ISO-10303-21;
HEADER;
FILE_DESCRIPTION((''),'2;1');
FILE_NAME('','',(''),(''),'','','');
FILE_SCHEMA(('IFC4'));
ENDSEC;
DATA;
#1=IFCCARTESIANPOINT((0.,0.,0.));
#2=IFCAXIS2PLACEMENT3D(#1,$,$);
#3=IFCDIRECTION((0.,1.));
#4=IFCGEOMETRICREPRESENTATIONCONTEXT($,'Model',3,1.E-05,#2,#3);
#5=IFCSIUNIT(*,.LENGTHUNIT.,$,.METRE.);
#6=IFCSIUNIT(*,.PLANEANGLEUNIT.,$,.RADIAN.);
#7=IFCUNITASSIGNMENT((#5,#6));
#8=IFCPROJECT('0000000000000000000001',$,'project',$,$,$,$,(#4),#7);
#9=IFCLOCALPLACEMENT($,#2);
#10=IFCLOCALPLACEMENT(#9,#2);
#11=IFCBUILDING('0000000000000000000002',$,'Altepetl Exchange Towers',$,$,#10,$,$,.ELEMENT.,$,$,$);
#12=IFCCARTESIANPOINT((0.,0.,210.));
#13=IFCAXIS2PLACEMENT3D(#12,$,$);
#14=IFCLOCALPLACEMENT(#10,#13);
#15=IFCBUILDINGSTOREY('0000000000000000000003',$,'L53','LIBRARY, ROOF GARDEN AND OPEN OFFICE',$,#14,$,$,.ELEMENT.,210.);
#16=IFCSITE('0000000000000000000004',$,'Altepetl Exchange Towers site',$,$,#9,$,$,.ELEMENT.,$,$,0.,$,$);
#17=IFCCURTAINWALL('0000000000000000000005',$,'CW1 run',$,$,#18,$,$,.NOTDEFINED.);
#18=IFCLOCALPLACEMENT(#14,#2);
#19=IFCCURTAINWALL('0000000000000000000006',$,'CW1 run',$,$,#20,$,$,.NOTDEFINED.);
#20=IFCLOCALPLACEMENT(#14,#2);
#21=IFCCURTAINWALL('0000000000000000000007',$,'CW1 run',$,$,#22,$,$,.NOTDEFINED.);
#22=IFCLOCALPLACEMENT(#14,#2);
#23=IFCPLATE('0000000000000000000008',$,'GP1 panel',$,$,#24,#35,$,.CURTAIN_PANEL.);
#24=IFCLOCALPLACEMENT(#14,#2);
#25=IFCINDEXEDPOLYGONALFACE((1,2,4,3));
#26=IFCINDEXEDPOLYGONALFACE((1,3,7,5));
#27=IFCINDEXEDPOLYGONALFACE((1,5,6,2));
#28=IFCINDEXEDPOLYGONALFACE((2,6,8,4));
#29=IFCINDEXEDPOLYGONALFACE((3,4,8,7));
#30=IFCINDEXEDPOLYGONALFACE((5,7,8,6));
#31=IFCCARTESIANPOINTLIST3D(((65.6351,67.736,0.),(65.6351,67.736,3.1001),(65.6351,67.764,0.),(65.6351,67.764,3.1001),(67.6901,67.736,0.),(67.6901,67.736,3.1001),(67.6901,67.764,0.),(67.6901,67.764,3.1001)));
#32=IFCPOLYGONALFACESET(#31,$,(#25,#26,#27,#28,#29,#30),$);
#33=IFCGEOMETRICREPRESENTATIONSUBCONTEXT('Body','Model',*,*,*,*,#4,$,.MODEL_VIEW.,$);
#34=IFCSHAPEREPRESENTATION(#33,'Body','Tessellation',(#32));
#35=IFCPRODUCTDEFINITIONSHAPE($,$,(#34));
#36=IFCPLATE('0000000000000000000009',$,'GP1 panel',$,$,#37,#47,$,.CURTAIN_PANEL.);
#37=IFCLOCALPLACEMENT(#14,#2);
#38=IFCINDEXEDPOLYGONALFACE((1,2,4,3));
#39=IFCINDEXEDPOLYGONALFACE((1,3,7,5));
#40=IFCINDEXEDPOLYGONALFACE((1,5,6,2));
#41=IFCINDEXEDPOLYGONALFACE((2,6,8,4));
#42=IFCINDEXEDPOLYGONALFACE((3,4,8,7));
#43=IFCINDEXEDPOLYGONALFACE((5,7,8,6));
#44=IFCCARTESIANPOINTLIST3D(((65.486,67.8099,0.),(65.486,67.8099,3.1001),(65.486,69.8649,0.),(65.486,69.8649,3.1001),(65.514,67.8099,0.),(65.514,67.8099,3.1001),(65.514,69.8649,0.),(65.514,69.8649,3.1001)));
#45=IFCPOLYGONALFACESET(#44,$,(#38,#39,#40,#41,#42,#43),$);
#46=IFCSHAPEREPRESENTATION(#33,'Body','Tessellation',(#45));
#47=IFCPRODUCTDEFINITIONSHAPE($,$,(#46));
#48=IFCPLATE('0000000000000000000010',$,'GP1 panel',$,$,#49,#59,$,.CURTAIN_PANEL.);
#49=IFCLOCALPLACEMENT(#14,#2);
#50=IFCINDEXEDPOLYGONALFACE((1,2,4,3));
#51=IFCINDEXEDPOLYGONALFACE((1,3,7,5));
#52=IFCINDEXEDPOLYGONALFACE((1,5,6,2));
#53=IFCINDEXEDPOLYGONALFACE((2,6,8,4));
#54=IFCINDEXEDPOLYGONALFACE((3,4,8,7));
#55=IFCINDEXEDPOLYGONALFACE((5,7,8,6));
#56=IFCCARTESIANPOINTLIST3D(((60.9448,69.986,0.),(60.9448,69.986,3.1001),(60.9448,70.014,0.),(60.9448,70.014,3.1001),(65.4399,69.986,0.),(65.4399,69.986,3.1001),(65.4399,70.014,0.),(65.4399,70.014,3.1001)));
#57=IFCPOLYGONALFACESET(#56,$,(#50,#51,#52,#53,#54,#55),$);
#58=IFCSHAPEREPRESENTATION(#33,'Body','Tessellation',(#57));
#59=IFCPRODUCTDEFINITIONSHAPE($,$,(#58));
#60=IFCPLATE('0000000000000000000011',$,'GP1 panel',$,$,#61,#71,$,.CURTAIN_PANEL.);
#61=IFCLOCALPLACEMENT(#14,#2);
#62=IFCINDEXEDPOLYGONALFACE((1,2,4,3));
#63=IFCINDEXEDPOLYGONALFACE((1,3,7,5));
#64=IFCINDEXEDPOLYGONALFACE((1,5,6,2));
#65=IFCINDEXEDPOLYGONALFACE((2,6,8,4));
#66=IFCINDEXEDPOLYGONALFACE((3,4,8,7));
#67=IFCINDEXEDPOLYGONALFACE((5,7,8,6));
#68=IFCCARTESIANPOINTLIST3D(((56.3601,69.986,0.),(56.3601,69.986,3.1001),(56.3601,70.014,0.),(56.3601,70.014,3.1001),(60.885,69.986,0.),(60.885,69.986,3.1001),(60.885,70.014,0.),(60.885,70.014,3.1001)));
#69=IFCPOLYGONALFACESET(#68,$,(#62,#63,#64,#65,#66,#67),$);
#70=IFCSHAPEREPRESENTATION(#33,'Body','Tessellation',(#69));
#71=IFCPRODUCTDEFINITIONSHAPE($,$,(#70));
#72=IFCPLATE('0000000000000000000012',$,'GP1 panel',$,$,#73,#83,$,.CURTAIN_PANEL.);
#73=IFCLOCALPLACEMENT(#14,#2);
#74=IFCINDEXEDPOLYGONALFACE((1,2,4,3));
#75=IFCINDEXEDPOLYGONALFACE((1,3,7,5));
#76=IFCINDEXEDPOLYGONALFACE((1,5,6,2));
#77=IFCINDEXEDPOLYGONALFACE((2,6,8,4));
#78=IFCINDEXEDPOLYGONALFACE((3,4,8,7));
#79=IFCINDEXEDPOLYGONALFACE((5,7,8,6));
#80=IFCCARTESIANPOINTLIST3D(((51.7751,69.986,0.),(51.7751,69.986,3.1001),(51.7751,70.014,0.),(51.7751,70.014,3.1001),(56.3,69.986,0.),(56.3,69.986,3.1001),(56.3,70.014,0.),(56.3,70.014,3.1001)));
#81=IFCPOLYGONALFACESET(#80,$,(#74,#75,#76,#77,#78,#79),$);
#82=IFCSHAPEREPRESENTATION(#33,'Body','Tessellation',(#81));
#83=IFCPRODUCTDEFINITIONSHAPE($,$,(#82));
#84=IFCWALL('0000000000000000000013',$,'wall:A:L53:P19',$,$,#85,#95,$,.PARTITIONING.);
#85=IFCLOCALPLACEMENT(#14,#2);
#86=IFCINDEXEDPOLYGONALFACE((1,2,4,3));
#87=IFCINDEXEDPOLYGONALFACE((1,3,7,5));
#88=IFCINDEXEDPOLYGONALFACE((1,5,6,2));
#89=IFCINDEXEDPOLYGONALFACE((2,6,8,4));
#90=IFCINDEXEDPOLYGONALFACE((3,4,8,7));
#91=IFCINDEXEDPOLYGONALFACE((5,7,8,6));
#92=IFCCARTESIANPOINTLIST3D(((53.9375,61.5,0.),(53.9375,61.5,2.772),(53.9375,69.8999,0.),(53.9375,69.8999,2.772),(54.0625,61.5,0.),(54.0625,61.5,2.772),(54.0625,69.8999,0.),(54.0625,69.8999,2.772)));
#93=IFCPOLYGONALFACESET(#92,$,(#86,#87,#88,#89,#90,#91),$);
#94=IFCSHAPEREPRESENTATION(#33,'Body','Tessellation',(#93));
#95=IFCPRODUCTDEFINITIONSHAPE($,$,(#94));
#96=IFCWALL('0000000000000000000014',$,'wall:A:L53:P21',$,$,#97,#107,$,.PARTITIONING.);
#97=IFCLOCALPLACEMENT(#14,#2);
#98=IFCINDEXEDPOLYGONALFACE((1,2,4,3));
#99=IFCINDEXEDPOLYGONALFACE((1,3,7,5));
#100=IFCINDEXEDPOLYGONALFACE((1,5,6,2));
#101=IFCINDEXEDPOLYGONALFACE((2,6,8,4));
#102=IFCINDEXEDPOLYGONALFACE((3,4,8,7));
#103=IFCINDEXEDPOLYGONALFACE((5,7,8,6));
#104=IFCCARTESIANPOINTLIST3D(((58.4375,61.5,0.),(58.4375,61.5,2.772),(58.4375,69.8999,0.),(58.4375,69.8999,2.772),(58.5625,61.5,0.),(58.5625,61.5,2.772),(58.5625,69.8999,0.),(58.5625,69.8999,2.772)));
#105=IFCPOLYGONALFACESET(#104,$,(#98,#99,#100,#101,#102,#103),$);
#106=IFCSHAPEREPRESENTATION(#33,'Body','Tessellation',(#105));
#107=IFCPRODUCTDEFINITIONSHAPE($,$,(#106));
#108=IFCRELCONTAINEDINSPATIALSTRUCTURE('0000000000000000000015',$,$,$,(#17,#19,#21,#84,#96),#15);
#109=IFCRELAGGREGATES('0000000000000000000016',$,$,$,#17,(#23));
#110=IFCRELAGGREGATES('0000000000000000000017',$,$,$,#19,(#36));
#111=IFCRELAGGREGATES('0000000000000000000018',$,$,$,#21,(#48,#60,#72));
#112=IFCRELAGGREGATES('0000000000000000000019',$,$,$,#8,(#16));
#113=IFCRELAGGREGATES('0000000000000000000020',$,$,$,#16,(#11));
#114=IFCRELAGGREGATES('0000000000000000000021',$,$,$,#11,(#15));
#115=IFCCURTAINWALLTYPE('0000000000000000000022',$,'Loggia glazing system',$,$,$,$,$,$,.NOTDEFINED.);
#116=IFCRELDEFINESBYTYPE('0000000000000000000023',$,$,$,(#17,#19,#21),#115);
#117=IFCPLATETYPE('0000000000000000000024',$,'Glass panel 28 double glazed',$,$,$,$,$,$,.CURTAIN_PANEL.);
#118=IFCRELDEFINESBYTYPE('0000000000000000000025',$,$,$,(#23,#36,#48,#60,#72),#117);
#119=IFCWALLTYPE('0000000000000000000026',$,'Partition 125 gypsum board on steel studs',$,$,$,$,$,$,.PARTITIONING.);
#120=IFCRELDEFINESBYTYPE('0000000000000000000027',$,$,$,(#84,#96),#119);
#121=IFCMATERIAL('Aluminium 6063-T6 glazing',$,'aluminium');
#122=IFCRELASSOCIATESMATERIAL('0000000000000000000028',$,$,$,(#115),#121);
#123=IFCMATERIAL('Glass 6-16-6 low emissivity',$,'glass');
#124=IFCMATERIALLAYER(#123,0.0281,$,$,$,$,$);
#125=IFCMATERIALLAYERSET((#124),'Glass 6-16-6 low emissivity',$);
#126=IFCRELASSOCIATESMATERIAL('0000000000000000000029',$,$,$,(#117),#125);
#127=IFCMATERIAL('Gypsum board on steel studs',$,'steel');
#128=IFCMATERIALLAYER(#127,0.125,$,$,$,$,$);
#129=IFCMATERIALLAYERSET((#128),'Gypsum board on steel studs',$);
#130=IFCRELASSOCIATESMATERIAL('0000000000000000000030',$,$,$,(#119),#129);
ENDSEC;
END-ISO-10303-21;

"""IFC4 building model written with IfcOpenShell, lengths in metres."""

from ifc_helpers import new_model, si_unit, direction, frame, frame_2d, origin, origin_2d, place, context, subcontext, project, spatial, rectangle, extrude, material, layer, layer_set, type_object, element, aggregate, save


model = new_model("IFC4")

# Units and contexts
model_context = context("Model", 3, precision=1e-05, world=origin(), true_north=direction((0.0, 1.0)))
body_context = subcontext(model_context, "Body", "Model", "MODEL_VIEW")
ifc_project = project(units=[si_unit("LENGTHUNIT", "METRE"), si_unit("PLANEANGLEUNIT", "RADIAN")], contexts=[model_context])

# Site, building, storey
site_placement = place(None, origin())
site = spatial("IfcSite", under=ifc_project, at=site_placement, Name="Altepetl Exchange Towers site", CompositionType="ELEMENT", RefElevation=0.0)
building_placement = place(site_placement, origin())
building = spatial("IfcBuilding", under=site, at=building_placement, Name="Altepetl Exchange Towers", CompositionType="ELEMENT")
storey_placement = place(building_placement, frame((0.0, 0.0, 210.0)))
storey = spatial("IfcBuildingStorey", under=building, at=storey_placement, Name="L53", Description="LIBRARY, ROOF GARDEN AND OPEN OFFICE", CompositionType="ELEMENT", Elevation=210.0)

# Curtain wall
ifc_material_1 = material(Name="Aluminium 6063-T6 glazing", Category="aluminium")
curtain_wall_type = type_object("IfcCurtainWallType", Name="Loggia glazing system", PredefinedType="NOTDEFINED", material=ifc_material_1)
curtain_wall_1_placement = place(storey_placement, origin())
curtain_wall_1 = element("IfcCurtainWall", 1, at=curtain_wall_1_placement, inside=storey, type_object=curtain_wall_type, Name="CW1 run", PredefinedType="NOTDEFINED")

# Curtain walls
curtain_wall_2_placement = place(storey_placement, origin())
curtain_wall_2 = element("IfcCurtainWall", 2, at=curtain_wall_2_placement, inside=storey, type_object=curtain_wall_type, Name="CW1 run", PredefinedType="NOTDEFINED")
curtain_wall_3_placement = place(storey_placement, origin())
curtain_wall_3 = element("IfcCurtainWall", 3, at=curtain_wall_3_placement, inside=storey, type_object=curtain_wall_type, Name="CW1 run", PredefinedType="NOTDEFINED")

# Plates
ifc_material_2 = material(Name="Glass 6-16-6 low emissivity", Category="glass")
ifc_layer_1 = layer(ifc_material_2, 0.0281)
ifc_layer_set_1 = layer_set([ifc_layer_1], Name="Glass 6-16-6 low emissivity")
plate_type = type_object("IfcPlateType", Name="Glass panel 28 double glazed", PredefinedType="CURTAIN_PANEL", material=ifc_layer_set_1)
plate_1_placement = place(storey_placement, frame((66.6626, 67.75, 0.0), z_axis=(0.0, 0.0, 1.0), x_axis=(-1.0, 0.0, 0.0)))
plate_1 = element("IfcPlate", 4, at=plate_1_placement, type_object=plate_type, Name="GP1 panel", PredefinedType="CURTAIN_PANEL", context=body_context, shape_type="SweptSolid", body=[
    extrude(rectangle(XDim=2.0549, YDim=0.0281, at=origin_2d()), origin(), (0.0, 0.0, 1.0), 3.1001),
])
aggregate(curtain_wall_1, [plate_1])
plate_2_placement = place(storey_placement, frame((65.5, 68.8374, 0.0), z_axis=(0.0, 0.0, 1.0), x_axis=(0.0, 1.0, 0.0)))
plate_2 = element("IfcPlate", 5, at=plate_2_placement, type_object=plate_type, Name="GP1 panel", PredefinedType="CURTAIN_PANEL", context=body_context, shape_type="SweptSolid", body=[
    extrude(rectangle(XDim=2.0549, YDim=0.0281, at=origin_2d()), origin(), (0.0, 0.0, 1.0), 3.1001),
])
aggregate(curtain_wall_2, [plate_2])
plate_3_placement = place(storey_placement, frame((63.1924, 70.0, 0.0), z_axis=(0.0, 0.0, 1.0), x_axis=(-1.0, 0.0, 0.0)))
plate_3 = element("IfcPlate", 6, at=plate_3_placement, type_object=plate_type, Name="GP1 panel", PredefinedType="CURTAIN_PANEL", context=body_context, shape_type="SweptSolid", body=[
    extrude(rectangle(XDim=4.4951, YDim=0.0281, at=origin_2d()), origin(), (0.0, 0.0, 1.0), 3.1001),
])
plate_4_placement = place(storey_placement, frame((58.6226, 70.0, 0.0), z_axis=(0.0, 0.0, 1.0), x_axis=(-1.0, 0.0, 0.0)))
plate_4 = element("IfcPlate", 7, at=plate_4_placement, type_object=plate_type, Name="GP1 panel", PredefinedType="CURTAIN_PANEL", context=body_context, shape_type="SweptSolid", body=[
    extrude(rectangle(XDim=4.5249, YDim=0.0281, at=origin_2d()), origin(), (0.0, 0.0, 1.0), 3.1001),
])
plate_5_placement = place(storey_placement, frame((54.0376, 70.0, 0.0), z_axis=(0.0, 0.0, 1.0), x_axis=(-1.0, 0.0, 0.0)))
plate_5 = element("IfcPlate", 8, at=plate_5_placement, type_object=plate_type, Name="GP1 panel", PredefinedType="CURTAIN_PANEL", context=body_context, shape_type="SweptSolid", body=[
    extrude(rectangle(XDim=4.5249, YDim=0.0281, at=origin_2d()), origin(), (0.0, 0.0, 1.0), 3.1001),
])
aggregate(curtain_wall_3, [plate_3, plate_4, plate_5])

# Walls
ifc_material_3 = material(Name="Gypsum board on steel studs", Category="steel")
ifc_layer_2 = layer(ifc_material_3, 0.125)
ifc_layer_set_2 = layer_set([ifc_layer_2], Name="Gypsum board on steel studs")
wall_type = type_object("IfcWallType", Name="Partition 125 gypsum board on steel studs", PredefinedType="PARTITIONING", material=ifc_layer_set_2)
for number, where, z_axis, x_axis, name in (
    (9, (54.0, 61.5, 0.0), (0.0, 0.0, 1.0), (0.0, 1.0, 0.0), "wall:A:L53:P19"),
    (10, (58.5, 61.5, 0.0), (0.0, 0.0, 1.0), (0.0, 1.0, 0.0), "wall:A:L53:P21"),
):
    element("IfcWall", number, at=place(storey_placement, frame(where, z_axis=z_axis, x_axis=x_axis)), inside=storey, type_object=wall_type, Name=name, PredefinedType="PARTITIONING", context=body_context, shape_type="SweptSolid", body=[
        extrude(rectangle(XDim=8.3999, YDim=0.125, at=frame_2d((4.2, 0.0))), origin(), (0.0, 0.0, 1.0), 2.772),
    ])

save(model, "model.ifc")
